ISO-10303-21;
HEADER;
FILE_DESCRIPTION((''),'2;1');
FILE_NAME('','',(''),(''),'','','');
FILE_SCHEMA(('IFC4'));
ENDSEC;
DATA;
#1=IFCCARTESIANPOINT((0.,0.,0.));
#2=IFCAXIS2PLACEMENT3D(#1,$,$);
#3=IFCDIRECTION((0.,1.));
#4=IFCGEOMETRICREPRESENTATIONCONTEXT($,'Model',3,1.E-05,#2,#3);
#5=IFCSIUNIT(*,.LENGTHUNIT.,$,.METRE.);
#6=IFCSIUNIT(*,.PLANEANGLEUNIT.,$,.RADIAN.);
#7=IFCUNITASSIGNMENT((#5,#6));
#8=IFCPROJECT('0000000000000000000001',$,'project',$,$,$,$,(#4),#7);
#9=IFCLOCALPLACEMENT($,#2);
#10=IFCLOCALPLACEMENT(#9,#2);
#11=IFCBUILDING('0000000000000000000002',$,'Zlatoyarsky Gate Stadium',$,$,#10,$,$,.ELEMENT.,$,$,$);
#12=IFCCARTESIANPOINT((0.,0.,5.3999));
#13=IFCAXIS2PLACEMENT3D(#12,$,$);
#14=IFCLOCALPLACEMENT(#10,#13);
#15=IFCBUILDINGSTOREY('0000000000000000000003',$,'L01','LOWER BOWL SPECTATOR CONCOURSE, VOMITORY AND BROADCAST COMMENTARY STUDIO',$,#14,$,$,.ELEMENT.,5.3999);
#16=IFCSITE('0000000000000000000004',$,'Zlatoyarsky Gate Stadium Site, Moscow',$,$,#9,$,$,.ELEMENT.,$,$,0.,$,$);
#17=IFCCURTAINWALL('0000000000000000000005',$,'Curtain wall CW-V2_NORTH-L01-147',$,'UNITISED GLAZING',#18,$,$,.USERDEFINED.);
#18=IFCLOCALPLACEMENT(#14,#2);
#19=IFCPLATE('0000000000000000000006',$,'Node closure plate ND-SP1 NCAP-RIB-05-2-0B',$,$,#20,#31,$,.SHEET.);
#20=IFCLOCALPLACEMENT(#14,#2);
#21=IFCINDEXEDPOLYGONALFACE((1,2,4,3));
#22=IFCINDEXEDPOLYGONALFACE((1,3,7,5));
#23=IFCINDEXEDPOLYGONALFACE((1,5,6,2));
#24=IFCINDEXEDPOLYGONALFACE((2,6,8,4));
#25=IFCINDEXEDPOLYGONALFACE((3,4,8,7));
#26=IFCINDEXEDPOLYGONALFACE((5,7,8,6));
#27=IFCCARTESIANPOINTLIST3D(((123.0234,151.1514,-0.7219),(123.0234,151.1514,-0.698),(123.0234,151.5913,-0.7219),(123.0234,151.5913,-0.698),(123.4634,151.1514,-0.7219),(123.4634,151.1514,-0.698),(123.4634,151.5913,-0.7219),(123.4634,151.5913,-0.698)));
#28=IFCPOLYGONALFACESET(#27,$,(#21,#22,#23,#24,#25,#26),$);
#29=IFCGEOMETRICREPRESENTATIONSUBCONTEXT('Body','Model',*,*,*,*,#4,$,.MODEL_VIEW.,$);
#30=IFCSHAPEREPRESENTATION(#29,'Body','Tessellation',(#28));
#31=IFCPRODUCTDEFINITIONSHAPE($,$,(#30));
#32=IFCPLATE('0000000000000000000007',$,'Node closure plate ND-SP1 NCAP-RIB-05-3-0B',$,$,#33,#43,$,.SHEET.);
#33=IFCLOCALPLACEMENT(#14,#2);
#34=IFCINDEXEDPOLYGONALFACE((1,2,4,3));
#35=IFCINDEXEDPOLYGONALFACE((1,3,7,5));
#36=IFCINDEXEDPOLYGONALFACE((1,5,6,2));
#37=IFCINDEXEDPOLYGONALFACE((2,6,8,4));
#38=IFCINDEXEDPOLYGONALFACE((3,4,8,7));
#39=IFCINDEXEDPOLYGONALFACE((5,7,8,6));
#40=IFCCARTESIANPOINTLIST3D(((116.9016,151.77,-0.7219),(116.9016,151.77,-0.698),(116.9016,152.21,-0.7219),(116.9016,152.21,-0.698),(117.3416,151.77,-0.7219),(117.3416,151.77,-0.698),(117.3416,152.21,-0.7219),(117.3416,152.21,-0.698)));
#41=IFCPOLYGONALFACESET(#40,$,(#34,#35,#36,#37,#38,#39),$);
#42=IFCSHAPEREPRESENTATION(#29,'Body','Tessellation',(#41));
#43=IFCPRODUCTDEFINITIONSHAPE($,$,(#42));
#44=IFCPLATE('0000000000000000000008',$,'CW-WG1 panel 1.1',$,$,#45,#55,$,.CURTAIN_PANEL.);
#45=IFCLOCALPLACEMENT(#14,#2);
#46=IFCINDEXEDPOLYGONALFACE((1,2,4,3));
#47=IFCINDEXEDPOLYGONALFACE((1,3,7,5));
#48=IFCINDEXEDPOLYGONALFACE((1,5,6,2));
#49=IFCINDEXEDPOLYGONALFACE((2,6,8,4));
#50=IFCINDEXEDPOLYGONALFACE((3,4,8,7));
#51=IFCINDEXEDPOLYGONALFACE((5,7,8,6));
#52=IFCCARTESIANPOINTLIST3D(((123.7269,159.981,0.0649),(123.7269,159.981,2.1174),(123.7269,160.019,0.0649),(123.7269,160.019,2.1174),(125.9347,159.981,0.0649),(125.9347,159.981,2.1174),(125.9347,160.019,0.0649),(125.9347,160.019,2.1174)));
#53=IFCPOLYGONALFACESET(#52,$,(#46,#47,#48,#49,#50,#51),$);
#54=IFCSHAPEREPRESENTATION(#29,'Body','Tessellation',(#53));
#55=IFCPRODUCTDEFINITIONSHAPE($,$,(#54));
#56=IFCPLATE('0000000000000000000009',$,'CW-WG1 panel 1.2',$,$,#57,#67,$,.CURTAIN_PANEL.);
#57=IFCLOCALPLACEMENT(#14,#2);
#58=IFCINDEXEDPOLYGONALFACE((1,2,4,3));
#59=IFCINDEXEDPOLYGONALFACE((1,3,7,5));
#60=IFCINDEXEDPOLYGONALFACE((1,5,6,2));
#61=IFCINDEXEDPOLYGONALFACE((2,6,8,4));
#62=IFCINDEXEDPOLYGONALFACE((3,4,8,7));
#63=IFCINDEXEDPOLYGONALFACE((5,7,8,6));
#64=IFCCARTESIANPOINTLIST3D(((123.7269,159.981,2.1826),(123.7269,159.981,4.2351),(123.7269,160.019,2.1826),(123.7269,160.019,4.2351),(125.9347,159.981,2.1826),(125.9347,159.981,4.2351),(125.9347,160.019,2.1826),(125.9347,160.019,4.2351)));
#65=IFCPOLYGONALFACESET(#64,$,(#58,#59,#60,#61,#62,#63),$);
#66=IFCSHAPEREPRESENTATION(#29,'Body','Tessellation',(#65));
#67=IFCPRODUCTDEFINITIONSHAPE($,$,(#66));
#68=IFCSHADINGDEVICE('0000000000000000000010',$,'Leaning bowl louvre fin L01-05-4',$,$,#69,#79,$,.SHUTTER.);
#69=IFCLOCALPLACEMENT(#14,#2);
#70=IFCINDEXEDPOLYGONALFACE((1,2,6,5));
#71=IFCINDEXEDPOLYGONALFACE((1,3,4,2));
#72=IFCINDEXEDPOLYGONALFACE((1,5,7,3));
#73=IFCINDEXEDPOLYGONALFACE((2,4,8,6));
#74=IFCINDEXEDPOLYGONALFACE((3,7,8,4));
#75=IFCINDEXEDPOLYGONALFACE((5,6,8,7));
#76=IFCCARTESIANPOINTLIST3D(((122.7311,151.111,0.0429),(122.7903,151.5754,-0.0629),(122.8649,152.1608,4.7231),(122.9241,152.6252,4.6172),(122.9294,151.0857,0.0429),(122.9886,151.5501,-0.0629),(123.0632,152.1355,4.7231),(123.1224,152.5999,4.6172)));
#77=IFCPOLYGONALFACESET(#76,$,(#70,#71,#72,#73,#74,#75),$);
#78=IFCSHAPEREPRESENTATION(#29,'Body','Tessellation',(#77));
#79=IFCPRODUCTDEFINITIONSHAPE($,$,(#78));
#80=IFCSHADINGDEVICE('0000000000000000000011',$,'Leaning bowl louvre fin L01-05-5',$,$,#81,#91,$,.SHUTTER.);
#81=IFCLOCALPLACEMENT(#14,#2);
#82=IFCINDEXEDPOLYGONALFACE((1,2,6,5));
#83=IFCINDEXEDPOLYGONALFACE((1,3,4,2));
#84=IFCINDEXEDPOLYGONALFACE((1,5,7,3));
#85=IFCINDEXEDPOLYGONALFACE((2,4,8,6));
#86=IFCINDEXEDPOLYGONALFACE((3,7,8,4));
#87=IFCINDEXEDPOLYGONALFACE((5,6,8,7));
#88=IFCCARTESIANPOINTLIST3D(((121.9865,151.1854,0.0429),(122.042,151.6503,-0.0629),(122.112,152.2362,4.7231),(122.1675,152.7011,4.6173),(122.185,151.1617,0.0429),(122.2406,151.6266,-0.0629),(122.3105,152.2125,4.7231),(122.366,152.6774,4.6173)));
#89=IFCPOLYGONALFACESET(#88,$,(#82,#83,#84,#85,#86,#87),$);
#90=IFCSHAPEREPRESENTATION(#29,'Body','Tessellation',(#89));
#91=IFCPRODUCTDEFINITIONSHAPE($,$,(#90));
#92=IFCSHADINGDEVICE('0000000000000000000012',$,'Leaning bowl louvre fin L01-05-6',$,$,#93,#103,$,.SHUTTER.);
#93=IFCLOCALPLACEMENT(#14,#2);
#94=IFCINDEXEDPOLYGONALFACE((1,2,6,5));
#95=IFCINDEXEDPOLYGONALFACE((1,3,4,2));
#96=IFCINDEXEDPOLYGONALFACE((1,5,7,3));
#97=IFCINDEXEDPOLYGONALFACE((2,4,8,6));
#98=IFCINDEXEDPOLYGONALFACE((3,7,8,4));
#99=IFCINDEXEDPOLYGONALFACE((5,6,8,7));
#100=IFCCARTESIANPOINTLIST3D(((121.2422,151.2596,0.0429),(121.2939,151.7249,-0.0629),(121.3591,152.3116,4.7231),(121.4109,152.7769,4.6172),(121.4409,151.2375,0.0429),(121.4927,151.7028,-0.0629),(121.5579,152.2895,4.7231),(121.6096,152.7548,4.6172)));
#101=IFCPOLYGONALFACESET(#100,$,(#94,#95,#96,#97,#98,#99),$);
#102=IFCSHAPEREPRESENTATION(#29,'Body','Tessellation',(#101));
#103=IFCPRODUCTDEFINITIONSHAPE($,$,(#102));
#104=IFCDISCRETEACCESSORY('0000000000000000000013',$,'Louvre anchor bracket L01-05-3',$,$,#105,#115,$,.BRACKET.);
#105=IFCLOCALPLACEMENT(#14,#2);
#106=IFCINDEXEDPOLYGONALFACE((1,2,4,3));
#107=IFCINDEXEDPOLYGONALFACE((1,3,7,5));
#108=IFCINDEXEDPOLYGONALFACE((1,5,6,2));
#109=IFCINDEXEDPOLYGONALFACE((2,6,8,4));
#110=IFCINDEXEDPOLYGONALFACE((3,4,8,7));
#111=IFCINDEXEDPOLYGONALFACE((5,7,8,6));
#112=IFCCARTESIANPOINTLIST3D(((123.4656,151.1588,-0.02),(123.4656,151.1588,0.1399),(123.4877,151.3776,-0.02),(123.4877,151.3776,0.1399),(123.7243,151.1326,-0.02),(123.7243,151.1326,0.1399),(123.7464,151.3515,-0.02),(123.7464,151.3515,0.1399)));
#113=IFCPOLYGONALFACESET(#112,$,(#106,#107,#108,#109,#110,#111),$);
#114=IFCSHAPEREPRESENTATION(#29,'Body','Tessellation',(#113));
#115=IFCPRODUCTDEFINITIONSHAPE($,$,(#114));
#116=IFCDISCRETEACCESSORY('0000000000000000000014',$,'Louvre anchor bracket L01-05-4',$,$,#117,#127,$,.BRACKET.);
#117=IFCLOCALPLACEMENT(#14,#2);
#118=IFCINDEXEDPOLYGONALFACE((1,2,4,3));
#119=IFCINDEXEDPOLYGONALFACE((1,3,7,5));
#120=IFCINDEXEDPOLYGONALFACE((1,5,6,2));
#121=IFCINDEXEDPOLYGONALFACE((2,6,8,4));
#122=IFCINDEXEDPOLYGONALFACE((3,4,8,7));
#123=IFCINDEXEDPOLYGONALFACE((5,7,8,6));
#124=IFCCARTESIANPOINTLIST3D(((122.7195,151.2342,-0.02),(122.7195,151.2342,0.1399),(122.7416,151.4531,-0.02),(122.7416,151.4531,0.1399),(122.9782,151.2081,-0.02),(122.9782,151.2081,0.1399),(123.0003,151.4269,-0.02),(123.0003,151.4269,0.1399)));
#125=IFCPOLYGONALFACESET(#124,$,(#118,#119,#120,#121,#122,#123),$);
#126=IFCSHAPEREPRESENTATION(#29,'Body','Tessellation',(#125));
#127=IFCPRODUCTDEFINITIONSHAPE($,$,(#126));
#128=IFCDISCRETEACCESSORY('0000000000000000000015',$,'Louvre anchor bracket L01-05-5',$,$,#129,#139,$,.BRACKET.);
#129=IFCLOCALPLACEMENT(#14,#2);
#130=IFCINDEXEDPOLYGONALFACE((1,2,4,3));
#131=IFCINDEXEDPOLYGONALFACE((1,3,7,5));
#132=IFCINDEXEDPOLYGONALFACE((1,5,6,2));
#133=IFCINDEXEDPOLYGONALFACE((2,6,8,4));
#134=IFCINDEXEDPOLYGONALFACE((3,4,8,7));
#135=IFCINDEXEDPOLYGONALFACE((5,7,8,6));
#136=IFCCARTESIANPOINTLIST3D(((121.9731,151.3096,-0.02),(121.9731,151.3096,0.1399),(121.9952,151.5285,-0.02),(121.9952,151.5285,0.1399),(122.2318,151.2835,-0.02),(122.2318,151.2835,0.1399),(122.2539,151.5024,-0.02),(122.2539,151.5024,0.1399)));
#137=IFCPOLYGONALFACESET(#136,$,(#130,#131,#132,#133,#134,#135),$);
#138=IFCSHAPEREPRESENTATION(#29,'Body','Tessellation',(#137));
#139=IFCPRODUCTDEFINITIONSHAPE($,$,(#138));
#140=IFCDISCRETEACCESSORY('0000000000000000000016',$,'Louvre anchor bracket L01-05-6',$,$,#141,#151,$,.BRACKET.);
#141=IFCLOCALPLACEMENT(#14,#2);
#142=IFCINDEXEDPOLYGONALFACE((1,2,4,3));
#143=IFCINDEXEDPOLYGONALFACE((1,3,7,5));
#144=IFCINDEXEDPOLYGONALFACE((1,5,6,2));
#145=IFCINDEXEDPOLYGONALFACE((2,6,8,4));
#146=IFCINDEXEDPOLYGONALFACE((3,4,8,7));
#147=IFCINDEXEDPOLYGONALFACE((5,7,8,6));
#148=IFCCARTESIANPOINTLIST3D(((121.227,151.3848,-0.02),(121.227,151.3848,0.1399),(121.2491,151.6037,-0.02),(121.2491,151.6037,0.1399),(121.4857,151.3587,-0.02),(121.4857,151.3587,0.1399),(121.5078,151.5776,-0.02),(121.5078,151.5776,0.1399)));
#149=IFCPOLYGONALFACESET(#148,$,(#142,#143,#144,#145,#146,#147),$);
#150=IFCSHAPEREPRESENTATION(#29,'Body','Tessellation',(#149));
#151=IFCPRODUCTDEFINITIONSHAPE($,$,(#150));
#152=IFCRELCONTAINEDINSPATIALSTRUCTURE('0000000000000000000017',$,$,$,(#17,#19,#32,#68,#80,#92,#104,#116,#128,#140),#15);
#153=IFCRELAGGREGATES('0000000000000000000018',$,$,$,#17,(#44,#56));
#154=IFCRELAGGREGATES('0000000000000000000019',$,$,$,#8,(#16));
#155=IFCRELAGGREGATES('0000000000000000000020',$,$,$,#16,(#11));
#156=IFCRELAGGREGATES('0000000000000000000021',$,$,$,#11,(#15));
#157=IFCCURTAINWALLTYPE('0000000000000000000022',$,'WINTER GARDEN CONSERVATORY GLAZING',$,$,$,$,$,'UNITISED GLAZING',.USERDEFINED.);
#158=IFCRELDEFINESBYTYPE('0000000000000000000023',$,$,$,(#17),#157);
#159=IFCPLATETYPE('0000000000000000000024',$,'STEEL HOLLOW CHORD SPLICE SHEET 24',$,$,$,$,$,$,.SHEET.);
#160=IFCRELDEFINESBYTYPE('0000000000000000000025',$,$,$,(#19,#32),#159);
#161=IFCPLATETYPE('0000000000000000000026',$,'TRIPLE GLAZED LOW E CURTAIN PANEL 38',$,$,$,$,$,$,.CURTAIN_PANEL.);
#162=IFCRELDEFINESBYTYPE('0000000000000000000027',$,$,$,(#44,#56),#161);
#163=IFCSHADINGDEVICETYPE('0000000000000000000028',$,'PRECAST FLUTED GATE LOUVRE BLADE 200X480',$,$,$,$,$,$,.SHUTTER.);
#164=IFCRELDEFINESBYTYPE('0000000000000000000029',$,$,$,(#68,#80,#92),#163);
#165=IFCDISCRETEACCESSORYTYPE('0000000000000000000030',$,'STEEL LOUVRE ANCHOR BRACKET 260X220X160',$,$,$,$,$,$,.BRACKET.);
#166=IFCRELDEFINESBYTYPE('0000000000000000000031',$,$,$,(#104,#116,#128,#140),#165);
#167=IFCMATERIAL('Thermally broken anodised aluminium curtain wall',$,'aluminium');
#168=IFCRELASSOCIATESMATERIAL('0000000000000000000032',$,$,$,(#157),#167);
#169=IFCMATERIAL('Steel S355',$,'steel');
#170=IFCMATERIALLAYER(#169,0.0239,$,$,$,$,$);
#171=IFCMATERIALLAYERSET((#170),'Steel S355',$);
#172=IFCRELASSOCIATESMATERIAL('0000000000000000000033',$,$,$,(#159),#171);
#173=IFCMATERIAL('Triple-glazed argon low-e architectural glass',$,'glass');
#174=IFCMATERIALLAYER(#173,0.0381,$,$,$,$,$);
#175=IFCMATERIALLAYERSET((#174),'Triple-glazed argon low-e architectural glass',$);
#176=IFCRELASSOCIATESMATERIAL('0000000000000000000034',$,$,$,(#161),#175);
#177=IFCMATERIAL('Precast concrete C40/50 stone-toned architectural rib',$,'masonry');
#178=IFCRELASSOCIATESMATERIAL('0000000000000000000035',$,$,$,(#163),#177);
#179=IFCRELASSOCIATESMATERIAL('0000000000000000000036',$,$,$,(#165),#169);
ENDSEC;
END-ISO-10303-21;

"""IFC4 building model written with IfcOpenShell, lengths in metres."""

from ifc_helpers import new_model, si_unit, direction, frame, origin, origin_2d, place, context, subcontext, project, spatial, rectangle, extrude, material, layer, layer_set, material_profile, profile_set, type_object, element, aggregate, save


model = new_model("IFC4")

# Units and contexts
model_context = context("Model", 3, precision=1e-05, world=origin(), true_north=direction((0.0, 1.0)))
body_context = subcontext(model_context, "Body", "Model", "MODEL_VIEW")
ifc_project = project(units=[si_unit("LENGTHUNIT", "METRE"), si_unit("PLANEANGLEUNIT", "RADIAN")], contexts=[model_context])

# Site, building, storey
site_placement = place(None, origin())
site = spatial("IfcSite", under=ifc_project, at=site_placement, Name="Zlatoyarsky Gate Stadium Site, Moscow", CompositionType="ELEMENT", RefElevation=0.0)
building_placement = place(site_placement, origin())
building = spatial("IfcBuilding", under=site, at=building_placement, Name="Zlatoyarsky Gate Stadium", CompositionType="ELEMENT")
storey_placement = place(building_placement, frame((0.0, 0.0, 5.3999)))
storey = spatial("IfcBuildingStorey", under=building, at=storey_placement, Name="L01", Description="LOWER BOWL SPECTATOR CONCOURSE, VOMITORY AND BROADCAST COMMENTARY STUDIO", CompositionType="ELEMENT", Elevation=5.3999)

# Shared definitions
ifc_material_1 = material(Name="Steel S355", Category="steel")

# Shared definitions
ifc_material_2 = material(Name="Thermally broken anodised aluminium curtain wall", Category="aluminium")

# Curtain wall
curtain_wall_type_1 = type_object("IfcCurtainWallType", Name="WINTER GARDEN CONSERVATORY GLAZING", ElementType="UNITISED GLAZING", PredefinedType="USERDEFINED", material=ifc_material_2)
curtain_wall_1_placement = place(storey_placement, origin())
curtain_wall_1 = element("IfcCurtainWall", 1, at=curtain_wall_1_placement, inside=storey, type_object=curtain_wall_type_1, Name="Curtain wall CW-V2_NORTH-L01-147", ObjectType="UNITISED GLAZING", PredefinedType="USERDEFINED")

# Plates
ifc_layer_1 = layer(ifc_material_1, 0.0239)
ifc_layer_set_1 = layer_set([ifc_layer_1], Name="Steel S355")
plate_type_1 = type_object("IfcPlateType", Name="STEEL HOLLOW CHORD SPLICE SHEET 24", PredefinedType="SHEET", material=ifc_layer_set_1)
for number, where, z_axis, x_axis, name in (
    (2, (123.2434, 151.3713, -0.7219), (0.0, 0.0, 1.0), (1.0, 0.0, 0.0), "Node closure plate ND-SP1 NCAP-RIB-05-2-0B"),
    (3, (117.1216, 151.99, -0.7219), (0.0, 0.0, 1.0), (1.0, 0.0, 0.0), "Node closure plate ND-SP1 NCAP-RIB-05-3-0B"),
):
    element("IfcPlate", number, at=place(storey_placement, frame(where, z_axis=z_axis, x_axis=x_axis)), inside=storey, type_object=plate_type_1, Name=name, PredefinedType="SHEET", context=body_context, shape_type="SweptSolid", body=[
        extrude(rectangle(XDim=0.4399, YDim=0.4399, at=origin_2d()), origin(), (0.0, 0.0, 1.0), 0.0239),
    ])

# Plates
ifc_material_3 = material(Name="Triple-glazed argon low-e architectural glass", Category="glass")
ifc_layer_2 = layer(ifc_material_3, 0.0381)
ifc_layer_set_2 = layer_set([ifc_layer_2], Name="Triple-glazed argon low-e architectural glass")
plate_type_2 = type_object("IfcPlateType", Name="TRIPLE GLAZED LOW E CURTAIN PANEL 38", PredefinedType="CURTAIN_PANEL", material=ifc_layer_set_2)
plate_1_placement = place(storey_placement, frame((124.8308, 160.0, 0.0649), z_axis=(0.0, 0.0, 1.0), x_axis=(1.0, 0.0, 0.0)))
plate_1 = element("IfcPlate", 4, at=plate_1_placement, type_object=plate_type_2, Name="CW-WG1 panel 1.1", PredefinedType="CURTAIN_PANEL", context=body_context, shape_type="SweptSolid", body=[
    extrude(rectangle(XDim=2.2078, YDim=0.0381, at=origin_2d()), origin(), (0.0, 0.0, 1.0), 2.0525),
])
plate_2_placement = place(storey_placement, frame((124.8308, 160.0, 2.1826), z_axis=(0.0, 0.0, 1.0), x_axis=(1.0, 0.0, 0.0)))
plate_2 = element("IfcPlate", 5, at=plate_2_placement, type_object=plate_type_2, Name="CW-WG1 panel 1.2", PredefinedType="CURTAIN_PANEL", context=body_context, shape_type="SweptSolid", body=[
    extrude(rectangle(XDim=2.2078, YDim=0.0381, at=origin_2d()), origin(), (0.0, 0.0, 1.0), 2.0525),
])
aggregate(curtain_wall_1, [plate_1, plate_2])

# Shading devices
ifc_material_4 = material(Name="Precast concrete C40/50 stone-toned architectural rib", Category="masonry")
ifc_material_profile_1 = material_profile(ifc_material_4, rectangle(XDim=0.2, YDim=0.48, at=origin_2d()), Name="RIB 200X480")
ifc_profile_set_1 = profile_set([ifc_material_profile_1], Name="Precast concrete C40/50 stone-toned architectural rib")
shading_device_type = type_object("IfcShadingDeviceType", Name="PRECAST FLUTED GATE LOUVRE BLADE 200X480", PredefinedType="SHUTTER", material=ifc_profile_set_1)
for number, where, z_axis, x_axis, name in (
    (6, (122.8599, 151.3306, -0.01), (0.027882, 0.218785, 0.975375), (-0.991977, 0.126419, 0.0), "Leaning bowl louvre fin L01-05-4"),
    (7, (122.1135, 151.406, -0.01), (0.026153, 0.218989, 0.975377), (-0.992944, 0.118581, 0.0), "Leaning bowl louvre fin L01-05-5"),
    (8, (121.3674, 151.4812, -0.01), (0.024371, 0.219241, 0.975366), (-0.993878, 0.110482, 0.0), "Leaning bowl louvre fin L01-05-6"),
):
    element("IfcShadingDevice", number, at=place(storey_placement, frame(where, z_axis=z_axis, x_axis=x_axis)), inside=storey, type_object=shading_device_type, Name=name, PredefinedType="SHUTTER", context=body_context, shape_type="SweptSolid", body=[
        extrude(rectangle(XDim=0.2, YDim=0.48, at=origin_2d()), origin(), (0.0, 0.0, 1.0), 4.7983),
    ])

# Discrete accessories
discrete_accessory_type = type_object("IfcDiscreteAccessoryType", Name="STEEL LOUVRE ANCHOR BRACKET 260X220X160", PredefinedType="BRACKET", material=ifc_material_1)
for number, where, z_axis, x_axis, name in (
    (9, (123.606, 151.2551, -0.02), (0.0, 0.0, 1.0), (-0.994937, 0.100499, 0.0), "Louvre anchor bracket L01-05-3"),
    (10, (122.8599, 151.3306, -0.02), (0.0, 0.0, 1.0), (-0.994937, 0.100499, 0.0), "Louvre anchor bracket L01-05-4"),
    (11, (122.1135, 151.406, -0.02), (0.0, 0.0, 1.0), (-0.994937, 0.100499, 0.0), "Louvre anchor bracket L01-05-5"),
    (12, (121.3674, 151.4812, -0.02), (0.0, 0.0, 1.0), (-0.994937, 0.100499, 0.0), "Louvre anchor bracket L01-05-6"),
):
    element("IfcDiscreteAccessory", number, at=place(storey_placement, frame(where, z_axis=z_axis, x_axis=x_axis)), inside=storey, type_object=discrete_accessory_type, Name=name, PredefinedType="BRACKET", context=body_context, shape_type="SweptSolid", body=[
        extrude(rectangle(XDim=0.26, YDim=0.22, at=origin_2d()), origin(), (0.0, 0.0, 1.0), 0.1599),
    ])

save(model, "model.ifc")
